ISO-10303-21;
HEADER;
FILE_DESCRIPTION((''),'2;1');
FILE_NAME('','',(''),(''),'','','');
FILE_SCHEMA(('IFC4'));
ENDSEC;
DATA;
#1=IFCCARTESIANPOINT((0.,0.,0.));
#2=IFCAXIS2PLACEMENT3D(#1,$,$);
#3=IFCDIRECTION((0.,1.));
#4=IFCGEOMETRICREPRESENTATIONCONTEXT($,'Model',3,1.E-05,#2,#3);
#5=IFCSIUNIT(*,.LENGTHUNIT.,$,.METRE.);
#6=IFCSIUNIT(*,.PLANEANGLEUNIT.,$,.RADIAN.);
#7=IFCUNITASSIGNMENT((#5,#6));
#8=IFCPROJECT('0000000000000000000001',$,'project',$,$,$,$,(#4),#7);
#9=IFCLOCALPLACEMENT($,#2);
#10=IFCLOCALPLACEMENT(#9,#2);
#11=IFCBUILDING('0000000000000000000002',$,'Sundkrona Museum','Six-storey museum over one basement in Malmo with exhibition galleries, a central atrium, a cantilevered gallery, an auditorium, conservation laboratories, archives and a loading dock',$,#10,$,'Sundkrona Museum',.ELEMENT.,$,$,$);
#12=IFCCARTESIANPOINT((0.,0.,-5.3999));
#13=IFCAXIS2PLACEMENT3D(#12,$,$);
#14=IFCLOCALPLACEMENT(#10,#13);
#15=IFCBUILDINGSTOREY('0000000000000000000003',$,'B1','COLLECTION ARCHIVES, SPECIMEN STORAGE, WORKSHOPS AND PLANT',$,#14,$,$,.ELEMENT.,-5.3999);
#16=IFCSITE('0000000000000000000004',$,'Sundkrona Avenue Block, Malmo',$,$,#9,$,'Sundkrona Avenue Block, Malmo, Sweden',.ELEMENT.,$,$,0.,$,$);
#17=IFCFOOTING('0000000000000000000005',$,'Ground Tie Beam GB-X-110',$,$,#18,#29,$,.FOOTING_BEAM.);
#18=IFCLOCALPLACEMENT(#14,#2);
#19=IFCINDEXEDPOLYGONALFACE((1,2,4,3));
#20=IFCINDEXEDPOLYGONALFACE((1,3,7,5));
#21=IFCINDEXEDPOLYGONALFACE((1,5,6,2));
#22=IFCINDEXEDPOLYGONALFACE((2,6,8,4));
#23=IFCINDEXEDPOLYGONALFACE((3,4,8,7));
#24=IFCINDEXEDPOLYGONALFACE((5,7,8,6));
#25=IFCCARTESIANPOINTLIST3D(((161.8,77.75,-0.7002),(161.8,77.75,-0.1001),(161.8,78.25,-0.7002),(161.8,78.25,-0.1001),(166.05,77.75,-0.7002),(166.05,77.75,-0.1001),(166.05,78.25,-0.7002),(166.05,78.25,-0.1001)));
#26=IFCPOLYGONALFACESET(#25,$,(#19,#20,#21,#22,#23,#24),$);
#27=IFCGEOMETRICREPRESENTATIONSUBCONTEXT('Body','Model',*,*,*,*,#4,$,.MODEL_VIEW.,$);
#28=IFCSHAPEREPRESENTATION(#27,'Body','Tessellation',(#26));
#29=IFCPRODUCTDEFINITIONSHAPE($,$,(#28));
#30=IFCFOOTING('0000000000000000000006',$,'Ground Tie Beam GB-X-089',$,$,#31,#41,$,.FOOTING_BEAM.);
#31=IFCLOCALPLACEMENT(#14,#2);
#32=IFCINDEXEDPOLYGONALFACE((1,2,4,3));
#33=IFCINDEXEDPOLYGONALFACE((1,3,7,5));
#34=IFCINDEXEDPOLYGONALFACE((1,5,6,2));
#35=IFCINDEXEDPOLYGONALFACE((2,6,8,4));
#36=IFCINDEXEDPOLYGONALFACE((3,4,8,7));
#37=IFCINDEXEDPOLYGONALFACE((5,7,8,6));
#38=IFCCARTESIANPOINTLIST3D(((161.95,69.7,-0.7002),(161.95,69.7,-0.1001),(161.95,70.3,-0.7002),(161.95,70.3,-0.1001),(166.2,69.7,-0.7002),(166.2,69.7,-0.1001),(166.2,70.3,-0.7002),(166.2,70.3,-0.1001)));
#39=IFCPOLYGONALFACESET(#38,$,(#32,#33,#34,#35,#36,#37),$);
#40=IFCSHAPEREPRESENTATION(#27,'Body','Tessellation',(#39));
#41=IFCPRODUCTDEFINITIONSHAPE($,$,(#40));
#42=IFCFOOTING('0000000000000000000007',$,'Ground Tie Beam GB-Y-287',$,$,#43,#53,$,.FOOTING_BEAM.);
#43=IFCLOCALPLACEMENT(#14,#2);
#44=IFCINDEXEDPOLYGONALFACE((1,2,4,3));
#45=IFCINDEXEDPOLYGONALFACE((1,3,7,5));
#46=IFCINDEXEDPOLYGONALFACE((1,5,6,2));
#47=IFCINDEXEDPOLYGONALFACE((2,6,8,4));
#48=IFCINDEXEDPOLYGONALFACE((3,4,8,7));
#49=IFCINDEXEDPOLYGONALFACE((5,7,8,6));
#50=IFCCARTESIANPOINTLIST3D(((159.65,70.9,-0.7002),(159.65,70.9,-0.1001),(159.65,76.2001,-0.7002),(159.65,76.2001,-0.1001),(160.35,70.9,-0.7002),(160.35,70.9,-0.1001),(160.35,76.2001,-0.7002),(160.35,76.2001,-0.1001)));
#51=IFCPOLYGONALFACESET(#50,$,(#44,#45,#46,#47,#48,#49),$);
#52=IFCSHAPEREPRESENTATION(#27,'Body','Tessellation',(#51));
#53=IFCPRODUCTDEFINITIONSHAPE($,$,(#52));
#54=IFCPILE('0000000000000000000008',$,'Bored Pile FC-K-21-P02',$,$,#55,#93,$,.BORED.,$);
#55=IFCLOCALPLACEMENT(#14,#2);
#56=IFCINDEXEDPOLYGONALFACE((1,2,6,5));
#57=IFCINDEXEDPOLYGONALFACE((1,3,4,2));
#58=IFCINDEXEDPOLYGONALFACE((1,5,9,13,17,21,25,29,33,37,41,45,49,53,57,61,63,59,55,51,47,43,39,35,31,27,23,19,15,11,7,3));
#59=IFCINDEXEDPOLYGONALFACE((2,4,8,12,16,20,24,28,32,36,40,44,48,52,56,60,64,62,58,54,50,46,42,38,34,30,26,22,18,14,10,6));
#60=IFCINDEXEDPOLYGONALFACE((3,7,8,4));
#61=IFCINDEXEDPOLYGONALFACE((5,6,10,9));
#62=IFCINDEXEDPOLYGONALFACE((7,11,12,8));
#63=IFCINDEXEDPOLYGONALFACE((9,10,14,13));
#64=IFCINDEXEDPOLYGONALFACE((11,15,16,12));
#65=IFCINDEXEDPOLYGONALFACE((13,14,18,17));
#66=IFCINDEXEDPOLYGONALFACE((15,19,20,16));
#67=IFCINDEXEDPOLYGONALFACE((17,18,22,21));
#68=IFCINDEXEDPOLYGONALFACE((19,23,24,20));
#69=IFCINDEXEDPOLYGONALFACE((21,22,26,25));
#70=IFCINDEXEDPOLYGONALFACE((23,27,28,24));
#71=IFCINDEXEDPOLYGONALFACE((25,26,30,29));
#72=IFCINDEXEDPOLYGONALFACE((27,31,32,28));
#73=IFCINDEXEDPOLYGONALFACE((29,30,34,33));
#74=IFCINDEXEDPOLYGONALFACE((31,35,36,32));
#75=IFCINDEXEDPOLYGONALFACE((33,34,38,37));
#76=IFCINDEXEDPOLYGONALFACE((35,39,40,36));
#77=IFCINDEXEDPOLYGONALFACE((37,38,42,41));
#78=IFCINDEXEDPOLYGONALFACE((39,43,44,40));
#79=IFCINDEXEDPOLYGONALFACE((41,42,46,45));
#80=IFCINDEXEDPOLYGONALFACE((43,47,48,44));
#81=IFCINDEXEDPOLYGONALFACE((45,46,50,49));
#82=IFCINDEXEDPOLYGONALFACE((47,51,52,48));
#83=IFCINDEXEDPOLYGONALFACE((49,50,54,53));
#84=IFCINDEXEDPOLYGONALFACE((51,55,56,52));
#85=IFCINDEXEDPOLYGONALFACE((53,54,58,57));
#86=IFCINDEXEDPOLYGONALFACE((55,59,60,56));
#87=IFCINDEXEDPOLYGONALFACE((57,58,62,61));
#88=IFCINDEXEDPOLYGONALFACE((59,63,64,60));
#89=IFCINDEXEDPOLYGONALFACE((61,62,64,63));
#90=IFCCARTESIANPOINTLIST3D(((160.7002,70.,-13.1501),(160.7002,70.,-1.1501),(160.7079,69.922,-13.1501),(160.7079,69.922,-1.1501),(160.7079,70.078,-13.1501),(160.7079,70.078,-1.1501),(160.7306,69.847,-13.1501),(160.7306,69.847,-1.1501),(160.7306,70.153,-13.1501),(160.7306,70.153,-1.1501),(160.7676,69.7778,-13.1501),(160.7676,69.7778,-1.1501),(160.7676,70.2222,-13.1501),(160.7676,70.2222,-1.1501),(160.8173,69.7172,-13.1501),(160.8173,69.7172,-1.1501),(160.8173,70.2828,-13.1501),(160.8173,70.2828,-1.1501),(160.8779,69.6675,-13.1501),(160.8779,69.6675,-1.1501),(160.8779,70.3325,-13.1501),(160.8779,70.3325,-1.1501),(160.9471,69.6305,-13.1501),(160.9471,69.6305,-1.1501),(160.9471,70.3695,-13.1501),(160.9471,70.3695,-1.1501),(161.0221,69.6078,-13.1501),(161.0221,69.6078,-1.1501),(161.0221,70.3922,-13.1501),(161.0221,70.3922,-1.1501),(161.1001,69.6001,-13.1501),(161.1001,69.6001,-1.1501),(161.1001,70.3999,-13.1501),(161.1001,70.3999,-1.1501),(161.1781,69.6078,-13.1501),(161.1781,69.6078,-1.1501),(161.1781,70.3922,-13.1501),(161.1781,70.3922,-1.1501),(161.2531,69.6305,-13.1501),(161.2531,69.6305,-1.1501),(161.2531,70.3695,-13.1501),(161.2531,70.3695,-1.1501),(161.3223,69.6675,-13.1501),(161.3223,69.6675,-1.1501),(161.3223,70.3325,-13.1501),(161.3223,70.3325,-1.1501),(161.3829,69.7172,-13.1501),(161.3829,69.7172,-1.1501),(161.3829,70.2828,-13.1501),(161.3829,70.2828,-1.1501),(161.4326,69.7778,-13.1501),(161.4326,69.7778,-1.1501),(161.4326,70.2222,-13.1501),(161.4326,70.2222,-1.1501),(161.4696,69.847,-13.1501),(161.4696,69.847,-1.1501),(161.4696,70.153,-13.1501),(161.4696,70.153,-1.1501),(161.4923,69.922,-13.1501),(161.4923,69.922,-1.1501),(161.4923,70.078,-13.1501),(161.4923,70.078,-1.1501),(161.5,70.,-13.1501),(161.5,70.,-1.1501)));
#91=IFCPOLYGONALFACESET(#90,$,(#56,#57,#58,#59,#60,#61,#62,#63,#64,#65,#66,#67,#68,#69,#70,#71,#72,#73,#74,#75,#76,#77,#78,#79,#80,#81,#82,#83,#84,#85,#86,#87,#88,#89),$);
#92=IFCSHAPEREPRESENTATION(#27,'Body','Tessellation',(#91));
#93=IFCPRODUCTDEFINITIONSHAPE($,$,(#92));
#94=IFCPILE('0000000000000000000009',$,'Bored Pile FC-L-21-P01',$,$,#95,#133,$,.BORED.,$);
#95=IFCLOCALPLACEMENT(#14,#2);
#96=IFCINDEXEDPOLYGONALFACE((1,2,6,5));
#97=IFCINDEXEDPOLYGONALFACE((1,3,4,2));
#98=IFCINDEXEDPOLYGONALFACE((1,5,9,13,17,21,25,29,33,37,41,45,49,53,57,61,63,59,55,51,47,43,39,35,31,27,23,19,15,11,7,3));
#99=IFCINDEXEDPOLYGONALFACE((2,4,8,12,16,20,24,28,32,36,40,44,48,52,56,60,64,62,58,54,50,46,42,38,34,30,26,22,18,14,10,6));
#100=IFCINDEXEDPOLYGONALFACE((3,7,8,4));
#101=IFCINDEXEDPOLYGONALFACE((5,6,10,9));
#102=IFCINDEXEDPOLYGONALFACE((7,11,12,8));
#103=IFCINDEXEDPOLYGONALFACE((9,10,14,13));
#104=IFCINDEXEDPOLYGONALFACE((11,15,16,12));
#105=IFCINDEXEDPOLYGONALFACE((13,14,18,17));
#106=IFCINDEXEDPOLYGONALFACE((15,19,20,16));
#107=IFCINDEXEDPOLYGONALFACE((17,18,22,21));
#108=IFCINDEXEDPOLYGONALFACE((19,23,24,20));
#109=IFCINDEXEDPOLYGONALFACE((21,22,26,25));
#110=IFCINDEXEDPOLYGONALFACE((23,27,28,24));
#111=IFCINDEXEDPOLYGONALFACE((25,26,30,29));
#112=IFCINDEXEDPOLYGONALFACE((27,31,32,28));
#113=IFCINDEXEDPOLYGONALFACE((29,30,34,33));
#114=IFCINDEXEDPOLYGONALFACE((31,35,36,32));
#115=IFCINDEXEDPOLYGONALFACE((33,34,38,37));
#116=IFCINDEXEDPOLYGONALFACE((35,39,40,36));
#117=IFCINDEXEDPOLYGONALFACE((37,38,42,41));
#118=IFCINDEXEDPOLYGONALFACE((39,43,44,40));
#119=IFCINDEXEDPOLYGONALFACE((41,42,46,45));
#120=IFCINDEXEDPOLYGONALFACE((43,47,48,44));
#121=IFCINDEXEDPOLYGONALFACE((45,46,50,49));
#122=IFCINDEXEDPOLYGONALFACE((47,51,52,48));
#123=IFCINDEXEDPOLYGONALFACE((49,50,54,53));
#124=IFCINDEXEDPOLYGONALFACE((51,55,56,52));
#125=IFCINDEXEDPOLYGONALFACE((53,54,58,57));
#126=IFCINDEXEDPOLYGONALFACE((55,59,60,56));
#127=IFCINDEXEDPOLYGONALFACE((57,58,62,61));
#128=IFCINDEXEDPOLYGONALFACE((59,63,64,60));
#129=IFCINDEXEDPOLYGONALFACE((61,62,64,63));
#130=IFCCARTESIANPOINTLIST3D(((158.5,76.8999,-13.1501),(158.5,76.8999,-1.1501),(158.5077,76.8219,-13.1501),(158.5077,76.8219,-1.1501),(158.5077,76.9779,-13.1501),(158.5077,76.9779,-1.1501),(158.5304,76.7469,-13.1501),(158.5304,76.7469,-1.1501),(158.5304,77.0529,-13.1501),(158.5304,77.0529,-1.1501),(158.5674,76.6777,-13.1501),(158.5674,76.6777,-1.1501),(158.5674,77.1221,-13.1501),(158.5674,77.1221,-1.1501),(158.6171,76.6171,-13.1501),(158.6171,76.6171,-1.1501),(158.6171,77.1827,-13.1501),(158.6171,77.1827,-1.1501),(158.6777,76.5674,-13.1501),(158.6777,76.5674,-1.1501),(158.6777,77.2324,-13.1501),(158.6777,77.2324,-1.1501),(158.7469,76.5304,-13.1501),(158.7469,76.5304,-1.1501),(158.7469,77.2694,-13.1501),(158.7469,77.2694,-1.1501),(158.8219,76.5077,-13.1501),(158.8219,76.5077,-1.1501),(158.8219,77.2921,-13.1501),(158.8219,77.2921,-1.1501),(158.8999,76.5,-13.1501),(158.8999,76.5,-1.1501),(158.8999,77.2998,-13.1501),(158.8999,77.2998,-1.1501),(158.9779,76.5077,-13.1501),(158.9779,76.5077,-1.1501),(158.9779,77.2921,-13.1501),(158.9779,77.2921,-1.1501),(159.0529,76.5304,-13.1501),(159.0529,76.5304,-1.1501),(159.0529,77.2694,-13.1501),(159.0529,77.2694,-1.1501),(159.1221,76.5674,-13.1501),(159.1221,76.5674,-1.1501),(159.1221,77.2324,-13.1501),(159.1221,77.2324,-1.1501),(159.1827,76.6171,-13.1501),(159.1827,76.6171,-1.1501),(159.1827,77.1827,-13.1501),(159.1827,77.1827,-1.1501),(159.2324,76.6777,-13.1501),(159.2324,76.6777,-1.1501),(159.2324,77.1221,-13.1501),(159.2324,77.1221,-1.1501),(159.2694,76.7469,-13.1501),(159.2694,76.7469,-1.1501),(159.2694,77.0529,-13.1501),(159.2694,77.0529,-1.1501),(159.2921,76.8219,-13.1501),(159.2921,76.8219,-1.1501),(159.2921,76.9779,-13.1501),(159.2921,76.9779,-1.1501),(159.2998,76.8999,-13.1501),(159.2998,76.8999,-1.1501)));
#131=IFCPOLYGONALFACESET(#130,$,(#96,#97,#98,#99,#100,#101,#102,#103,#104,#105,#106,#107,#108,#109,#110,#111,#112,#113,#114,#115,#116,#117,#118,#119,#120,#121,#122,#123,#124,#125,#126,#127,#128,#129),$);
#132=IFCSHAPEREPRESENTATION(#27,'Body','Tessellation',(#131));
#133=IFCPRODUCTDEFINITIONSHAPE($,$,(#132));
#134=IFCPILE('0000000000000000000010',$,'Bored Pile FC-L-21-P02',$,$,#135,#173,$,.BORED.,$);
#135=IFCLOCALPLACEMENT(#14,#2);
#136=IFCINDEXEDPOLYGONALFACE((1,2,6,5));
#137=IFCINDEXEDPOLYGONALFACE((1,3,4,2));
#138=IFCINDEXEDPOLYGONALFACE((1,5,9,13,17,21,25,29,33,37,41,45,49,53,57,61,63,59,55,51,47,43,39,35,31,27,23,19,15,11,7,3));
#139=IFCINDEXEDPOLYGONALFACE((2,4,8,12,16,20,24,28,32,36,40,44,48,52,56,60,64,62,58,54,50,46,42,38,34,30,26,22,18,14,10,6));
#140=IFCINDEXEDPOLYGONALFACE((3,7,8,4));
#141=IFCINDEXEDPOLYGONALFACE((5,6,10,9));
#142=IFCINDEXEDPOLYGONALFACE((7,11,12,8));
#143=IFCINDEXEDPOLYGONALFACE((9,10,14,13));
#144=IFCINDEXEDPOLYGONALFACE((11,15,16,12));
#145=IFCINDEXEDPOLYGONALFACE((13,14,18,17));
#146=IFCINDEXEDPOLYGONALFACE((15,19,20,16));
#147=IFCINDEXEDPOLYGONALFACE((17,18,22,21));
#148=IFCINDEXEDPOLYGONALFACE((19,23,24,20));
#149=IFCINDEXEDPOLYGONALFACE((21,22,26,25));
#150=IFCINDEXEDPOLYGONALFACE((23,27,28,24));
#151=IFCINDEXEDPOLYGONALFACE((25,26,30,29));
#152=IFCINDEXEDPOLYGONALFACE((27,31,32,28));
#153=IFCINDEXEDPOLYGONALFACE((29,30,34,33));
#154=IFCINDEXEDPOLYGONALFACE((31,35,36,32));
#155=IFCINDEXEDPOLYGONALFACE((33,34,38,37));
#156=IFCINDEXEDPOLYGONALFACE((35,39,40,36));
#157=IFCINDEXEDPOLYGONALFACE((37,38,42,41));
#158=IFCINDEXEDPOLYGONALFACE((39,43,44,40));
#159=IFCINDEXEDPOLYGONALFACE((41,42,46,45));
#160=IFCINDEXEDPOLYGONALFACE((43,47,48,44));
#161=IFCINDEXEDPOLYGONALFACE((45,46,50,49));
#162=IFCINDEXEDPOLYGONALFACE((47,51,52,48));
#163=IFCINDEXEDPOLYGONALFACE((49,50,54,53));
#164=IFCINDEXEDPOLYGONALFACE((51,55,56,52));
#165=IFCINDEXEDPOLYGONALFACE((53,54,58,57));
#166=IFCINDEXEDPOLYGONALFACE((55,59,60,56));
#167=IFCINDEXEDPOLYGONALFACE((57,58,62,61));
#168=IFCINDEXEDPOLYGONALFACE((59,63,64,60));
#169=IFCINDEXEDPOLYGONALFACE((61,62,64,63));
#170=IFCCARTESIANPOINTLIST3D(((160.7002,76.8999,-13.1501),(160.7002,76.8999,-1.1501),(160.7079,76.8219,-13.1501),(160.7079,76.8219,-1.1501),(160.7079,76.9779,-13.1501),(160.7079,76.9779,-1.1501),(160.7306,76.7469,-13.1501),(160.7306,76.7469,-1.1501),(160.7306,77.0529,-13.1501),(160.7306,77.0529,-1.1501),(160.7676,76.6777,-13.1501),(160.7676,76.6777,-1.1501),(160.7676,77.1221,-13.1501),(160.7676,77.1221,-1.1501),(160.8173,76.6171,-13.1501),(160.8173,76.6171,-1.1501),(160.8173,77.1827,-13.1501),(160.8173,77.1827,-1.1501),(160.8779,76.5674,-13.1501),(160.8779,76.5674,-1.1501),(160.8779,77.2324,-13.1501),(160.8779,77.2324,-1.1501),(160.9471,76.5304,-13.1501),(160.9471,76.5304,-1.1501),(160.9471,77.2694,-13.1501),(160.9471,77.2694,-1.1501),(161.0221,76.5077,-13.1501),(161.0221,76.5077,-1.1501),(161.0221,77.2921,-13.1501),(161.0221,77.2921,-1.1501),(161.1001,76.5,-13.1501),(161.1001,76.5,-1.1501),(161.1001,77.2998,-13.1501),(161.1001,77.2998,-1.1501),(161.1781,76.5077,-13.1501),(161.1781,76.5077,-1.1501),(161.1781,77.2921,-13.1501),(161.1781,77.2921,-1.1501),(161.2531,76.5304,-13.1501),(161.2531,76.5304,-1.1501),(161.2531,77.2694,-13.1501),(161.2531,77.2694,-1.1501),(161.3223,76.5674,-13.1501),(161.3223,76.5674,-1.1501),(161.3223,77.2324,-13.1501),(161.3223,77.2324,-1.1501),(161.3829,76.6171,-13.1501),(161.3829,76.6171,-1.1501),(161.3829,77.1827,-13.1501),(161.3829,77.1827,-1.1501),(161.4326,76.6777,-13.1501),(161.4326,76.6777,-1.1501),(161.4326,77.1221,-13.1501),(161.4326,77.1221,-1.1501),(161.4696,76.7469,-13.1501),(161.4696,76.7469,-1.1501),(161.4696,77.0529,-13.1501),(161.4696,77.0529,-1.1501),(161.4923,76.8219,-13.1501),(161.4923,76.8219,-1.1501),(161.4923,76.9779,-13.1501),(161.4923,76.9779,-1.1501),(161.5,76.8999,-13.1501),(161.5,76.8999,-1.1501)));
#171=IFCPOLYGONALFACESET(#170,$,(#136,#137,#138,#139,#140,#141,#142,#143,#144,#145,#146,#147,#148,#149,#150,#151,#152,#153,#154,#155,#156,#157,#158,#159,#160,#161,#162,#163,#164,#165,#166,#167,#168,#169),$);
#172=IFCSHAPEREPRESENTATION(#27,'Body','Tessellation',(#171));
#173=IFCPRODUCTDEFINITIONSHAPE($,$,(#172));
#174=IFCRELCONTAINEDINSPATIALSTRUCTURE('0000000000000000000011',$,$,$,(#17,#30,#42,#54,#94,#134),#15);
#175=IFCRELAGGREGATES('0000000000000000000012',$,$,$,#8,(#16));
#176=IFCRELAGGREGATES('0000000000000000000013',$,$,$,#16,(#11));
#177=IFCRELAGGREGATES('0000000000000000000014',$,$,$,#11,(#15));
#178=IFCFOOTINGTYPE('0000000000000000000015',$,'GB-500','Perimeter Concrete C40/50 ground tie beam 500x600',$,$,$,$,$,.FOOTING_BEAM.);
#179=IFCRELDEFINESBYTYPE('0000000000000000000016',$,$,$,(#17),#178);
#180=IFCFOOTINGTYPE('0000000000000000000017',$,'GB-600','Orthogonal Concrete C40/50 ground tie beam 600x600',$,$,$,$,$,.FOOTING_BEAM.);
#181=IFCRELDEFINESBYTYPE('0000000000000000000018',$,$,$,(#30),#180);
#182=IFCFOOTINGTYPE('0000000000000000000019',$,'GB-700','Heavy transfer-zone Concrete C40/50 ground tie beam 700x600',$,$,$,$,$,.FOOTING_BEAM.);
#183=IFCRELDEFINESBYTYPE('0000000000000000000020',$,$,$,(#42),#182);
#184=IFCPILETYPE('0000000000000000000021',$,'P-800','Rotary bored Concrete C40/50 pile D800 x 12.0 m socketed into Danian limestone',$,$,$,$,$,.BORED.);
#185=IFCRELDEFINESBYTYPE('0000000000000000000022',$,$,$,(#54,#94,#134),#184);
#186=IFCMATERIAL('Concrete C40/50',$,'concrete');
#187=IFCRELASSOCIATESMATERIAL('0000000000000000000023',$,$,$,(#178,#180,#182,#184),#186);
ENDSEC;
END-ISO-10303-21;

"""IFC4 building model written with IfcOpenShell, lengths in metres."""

from ifc_helpers import new_model, si_unit, direction, frame, origin, origin_2d, place, context, subcontext, project, spatial, rectangle, circle, extrude, material, material_profile, profile_set, type_object, element, save


model = new_model("IFC4")

# Units and contexts
model_context = context("Model", 3, precision=1e-05, world=origin(), true_north=direction((0.0, 1.0)))
body_context = subcontext(model_context, "Body", "Model", "MODEL_VIEW")
ifc_project = project(units=[si_unit("LENGTHUNIT", "METRE"), si_unit("PLANEANGLEUNIT", "RADIAN")], contexts=[model_context])

# Site, building, storey
site_placement = place(None, origin())
site = spatial("IfcSite", under=ifc_project, at=site_placement, Name="Sundkrona Avenue Block, Malmo", LongName="Sundkrona Avenue Block, Malmo, Sweden", CompositionType="ELEMENT", RefElevation=0.0)
building_placement = place(site_placement, origin())
building = spatial("IfcBuilding", under=site, at=building_placement, Name="Sundkrona Museum", Description="Six-storey museum over one basement in Malmo with exhibition galleries, a central atrium, a cantilevered gallery, an auditorium, conservation laboratories, archives and a loading dock", LongName="Sundkrona Museum", CompositionType="ELEMENT")
storey_placement = place(building_placement, frame((0.0, 0.0, -5.3999)))
storey = spatial("IfcBuildingStorey", under=building, at=storey_placement, Name="B1", Description="COLLECTION ARCHIVES, SPECIMEN STORAGE, WORKSHOPS AND PLANT", CompositionType="ELEMENT", Elevation=-5.3999)

# Footings
ifc_material_1 = material(Name="Concrete C40/50", Category="concrete")
footing_type_1 = type_object("IfcFootingType", Name="GB-500", Description="Perimeter Concrete C40/50 ground tie beam 500x600", PredefinedType="FOOTING_BEAM", material=ifc_material_1)
footing_1_placement = place(storey_placement, frame((163.925, 78.0, -0.7002), z_axis=(0.0, 0.0, 1.0), x_axis=(1.0, 0.0, 0.0)))
element("IfcFooting", 1, at=footing_1_placement, inside=storey, type_object=footing_type_1, Name="Ground Tie Beam GB-X-110", PredefinedType="FOOTING_BEAM", context=body_context, shape_type="SweptSolid", body=[
    extrude(rectangle(XDim=4.25, YDim=0.5, at=origin_2d()), origin(), (0.0, 0.0, 1.0), 0.6001),
])
footing_type_2 = type_object("IfcFootingType", Name="GB-600", Description="Orthogonal Concrete C40/50 ground tie beam 600x600", PredefinedType="FOOTING_BEAM", material=ifc_material_1)
footing_2_placement = place(storey_placement, frame((164.075, 70.0, -0.7002), z_axis=(0.0, 0.0, 1.0), x_axis=(1.0, 0.0, 0.0)))
element("IfcFooting", 2, at=footing_2_placement, inside=storey, type_object=footing_type_2, Name="Ground Tie Beam GB-X-089", PredefinedType="FOOTING_BEAM", context=body_context, shape_type="SweptSolid", body=[
    extrude(rectangle(XDim=4.25, YDim=0.6001, at=origin_2d()), origin(), (0.0, 0.0, 1.0), 0.6001),
])
footing_type_3 = type_object("IfcFootingType", Name="GB-700", Description="Heavy transfer-zone Concrete C40/50 ground tie beam 700x600", PredefinedType="FOOTING_BEAM", material=ifc_material_1)
footing_3_placement = place(storey_placement, frame((160.0, 73.55, -0.7002), z_axis=(0.0, 0.0, 1.0), x_axis=(0.0, 1.0, 0.0)))
element("IfcFooting", 3, at=footing_3_placement, inside=storey, type_object=footing_type_3, Name="Ground Tie Beam GB-Y-287", PredefinedType="FOOTING_BEAM", context=body_context, shape_type="SweptSolid", body=[
    extrude(rectangle(XDim=5.3, YDim=0.7, at=origin_2d()), origin(), (0.0, 0.0, 1.0), 0.6001),
])

# Piles
ifc_material_profile_1 = material_profile(ifc_material_1, circle(Radius=0.3999, at=origin_2d()), Name="PILE D800")
ifc_profile_set_1 = profile_set([ifc_material_profile_1], Name="Concrete C40/50")
pile_type = type_object("IfcPileType", Name="P-800", Description="Rotary bored Concrete C40/50 pile D800 x 12.0 m socketed into Danian limestone", PredefinedType="BORED", material=ifc_profile_set_1)
for number, where, z_axis, x_axis, name in (
    (4, (161.1001, 70.0, -1.1501), (0.0, 0.0, -1.0), (1.0, 0.0, 0.0), "Bored Pile FC-K-21-P02"),
    (5, (158.8999, 76.8999, -1.1501), (0.0, 0.0, -1.0), (1.0, 0.0, 0.0), "Bored Pile FC-L-21-P01"),
    (6, (161.1001, 76.8999, -1.1501), (0.0, 0.0, -1.0), (1.0, 0.0, 0.0), "Bored Pile FC-L-21-P02"),
):
    element("IfcPile", number, at=place(storey_placement, frame(where, z_axis=z_axis, x_axis=x_axis)), inside=storey, type_object=pile_type, Name=name, PredefinedType="BORED", context=body_context, shape_type="SweptSolid", body=[
        extrude(circle(Radius=0.3999, at=origin_2d()), origin(), (0.0, 0.0, 1.0), 12.0),
    ])

save(model, "model.ifc")
